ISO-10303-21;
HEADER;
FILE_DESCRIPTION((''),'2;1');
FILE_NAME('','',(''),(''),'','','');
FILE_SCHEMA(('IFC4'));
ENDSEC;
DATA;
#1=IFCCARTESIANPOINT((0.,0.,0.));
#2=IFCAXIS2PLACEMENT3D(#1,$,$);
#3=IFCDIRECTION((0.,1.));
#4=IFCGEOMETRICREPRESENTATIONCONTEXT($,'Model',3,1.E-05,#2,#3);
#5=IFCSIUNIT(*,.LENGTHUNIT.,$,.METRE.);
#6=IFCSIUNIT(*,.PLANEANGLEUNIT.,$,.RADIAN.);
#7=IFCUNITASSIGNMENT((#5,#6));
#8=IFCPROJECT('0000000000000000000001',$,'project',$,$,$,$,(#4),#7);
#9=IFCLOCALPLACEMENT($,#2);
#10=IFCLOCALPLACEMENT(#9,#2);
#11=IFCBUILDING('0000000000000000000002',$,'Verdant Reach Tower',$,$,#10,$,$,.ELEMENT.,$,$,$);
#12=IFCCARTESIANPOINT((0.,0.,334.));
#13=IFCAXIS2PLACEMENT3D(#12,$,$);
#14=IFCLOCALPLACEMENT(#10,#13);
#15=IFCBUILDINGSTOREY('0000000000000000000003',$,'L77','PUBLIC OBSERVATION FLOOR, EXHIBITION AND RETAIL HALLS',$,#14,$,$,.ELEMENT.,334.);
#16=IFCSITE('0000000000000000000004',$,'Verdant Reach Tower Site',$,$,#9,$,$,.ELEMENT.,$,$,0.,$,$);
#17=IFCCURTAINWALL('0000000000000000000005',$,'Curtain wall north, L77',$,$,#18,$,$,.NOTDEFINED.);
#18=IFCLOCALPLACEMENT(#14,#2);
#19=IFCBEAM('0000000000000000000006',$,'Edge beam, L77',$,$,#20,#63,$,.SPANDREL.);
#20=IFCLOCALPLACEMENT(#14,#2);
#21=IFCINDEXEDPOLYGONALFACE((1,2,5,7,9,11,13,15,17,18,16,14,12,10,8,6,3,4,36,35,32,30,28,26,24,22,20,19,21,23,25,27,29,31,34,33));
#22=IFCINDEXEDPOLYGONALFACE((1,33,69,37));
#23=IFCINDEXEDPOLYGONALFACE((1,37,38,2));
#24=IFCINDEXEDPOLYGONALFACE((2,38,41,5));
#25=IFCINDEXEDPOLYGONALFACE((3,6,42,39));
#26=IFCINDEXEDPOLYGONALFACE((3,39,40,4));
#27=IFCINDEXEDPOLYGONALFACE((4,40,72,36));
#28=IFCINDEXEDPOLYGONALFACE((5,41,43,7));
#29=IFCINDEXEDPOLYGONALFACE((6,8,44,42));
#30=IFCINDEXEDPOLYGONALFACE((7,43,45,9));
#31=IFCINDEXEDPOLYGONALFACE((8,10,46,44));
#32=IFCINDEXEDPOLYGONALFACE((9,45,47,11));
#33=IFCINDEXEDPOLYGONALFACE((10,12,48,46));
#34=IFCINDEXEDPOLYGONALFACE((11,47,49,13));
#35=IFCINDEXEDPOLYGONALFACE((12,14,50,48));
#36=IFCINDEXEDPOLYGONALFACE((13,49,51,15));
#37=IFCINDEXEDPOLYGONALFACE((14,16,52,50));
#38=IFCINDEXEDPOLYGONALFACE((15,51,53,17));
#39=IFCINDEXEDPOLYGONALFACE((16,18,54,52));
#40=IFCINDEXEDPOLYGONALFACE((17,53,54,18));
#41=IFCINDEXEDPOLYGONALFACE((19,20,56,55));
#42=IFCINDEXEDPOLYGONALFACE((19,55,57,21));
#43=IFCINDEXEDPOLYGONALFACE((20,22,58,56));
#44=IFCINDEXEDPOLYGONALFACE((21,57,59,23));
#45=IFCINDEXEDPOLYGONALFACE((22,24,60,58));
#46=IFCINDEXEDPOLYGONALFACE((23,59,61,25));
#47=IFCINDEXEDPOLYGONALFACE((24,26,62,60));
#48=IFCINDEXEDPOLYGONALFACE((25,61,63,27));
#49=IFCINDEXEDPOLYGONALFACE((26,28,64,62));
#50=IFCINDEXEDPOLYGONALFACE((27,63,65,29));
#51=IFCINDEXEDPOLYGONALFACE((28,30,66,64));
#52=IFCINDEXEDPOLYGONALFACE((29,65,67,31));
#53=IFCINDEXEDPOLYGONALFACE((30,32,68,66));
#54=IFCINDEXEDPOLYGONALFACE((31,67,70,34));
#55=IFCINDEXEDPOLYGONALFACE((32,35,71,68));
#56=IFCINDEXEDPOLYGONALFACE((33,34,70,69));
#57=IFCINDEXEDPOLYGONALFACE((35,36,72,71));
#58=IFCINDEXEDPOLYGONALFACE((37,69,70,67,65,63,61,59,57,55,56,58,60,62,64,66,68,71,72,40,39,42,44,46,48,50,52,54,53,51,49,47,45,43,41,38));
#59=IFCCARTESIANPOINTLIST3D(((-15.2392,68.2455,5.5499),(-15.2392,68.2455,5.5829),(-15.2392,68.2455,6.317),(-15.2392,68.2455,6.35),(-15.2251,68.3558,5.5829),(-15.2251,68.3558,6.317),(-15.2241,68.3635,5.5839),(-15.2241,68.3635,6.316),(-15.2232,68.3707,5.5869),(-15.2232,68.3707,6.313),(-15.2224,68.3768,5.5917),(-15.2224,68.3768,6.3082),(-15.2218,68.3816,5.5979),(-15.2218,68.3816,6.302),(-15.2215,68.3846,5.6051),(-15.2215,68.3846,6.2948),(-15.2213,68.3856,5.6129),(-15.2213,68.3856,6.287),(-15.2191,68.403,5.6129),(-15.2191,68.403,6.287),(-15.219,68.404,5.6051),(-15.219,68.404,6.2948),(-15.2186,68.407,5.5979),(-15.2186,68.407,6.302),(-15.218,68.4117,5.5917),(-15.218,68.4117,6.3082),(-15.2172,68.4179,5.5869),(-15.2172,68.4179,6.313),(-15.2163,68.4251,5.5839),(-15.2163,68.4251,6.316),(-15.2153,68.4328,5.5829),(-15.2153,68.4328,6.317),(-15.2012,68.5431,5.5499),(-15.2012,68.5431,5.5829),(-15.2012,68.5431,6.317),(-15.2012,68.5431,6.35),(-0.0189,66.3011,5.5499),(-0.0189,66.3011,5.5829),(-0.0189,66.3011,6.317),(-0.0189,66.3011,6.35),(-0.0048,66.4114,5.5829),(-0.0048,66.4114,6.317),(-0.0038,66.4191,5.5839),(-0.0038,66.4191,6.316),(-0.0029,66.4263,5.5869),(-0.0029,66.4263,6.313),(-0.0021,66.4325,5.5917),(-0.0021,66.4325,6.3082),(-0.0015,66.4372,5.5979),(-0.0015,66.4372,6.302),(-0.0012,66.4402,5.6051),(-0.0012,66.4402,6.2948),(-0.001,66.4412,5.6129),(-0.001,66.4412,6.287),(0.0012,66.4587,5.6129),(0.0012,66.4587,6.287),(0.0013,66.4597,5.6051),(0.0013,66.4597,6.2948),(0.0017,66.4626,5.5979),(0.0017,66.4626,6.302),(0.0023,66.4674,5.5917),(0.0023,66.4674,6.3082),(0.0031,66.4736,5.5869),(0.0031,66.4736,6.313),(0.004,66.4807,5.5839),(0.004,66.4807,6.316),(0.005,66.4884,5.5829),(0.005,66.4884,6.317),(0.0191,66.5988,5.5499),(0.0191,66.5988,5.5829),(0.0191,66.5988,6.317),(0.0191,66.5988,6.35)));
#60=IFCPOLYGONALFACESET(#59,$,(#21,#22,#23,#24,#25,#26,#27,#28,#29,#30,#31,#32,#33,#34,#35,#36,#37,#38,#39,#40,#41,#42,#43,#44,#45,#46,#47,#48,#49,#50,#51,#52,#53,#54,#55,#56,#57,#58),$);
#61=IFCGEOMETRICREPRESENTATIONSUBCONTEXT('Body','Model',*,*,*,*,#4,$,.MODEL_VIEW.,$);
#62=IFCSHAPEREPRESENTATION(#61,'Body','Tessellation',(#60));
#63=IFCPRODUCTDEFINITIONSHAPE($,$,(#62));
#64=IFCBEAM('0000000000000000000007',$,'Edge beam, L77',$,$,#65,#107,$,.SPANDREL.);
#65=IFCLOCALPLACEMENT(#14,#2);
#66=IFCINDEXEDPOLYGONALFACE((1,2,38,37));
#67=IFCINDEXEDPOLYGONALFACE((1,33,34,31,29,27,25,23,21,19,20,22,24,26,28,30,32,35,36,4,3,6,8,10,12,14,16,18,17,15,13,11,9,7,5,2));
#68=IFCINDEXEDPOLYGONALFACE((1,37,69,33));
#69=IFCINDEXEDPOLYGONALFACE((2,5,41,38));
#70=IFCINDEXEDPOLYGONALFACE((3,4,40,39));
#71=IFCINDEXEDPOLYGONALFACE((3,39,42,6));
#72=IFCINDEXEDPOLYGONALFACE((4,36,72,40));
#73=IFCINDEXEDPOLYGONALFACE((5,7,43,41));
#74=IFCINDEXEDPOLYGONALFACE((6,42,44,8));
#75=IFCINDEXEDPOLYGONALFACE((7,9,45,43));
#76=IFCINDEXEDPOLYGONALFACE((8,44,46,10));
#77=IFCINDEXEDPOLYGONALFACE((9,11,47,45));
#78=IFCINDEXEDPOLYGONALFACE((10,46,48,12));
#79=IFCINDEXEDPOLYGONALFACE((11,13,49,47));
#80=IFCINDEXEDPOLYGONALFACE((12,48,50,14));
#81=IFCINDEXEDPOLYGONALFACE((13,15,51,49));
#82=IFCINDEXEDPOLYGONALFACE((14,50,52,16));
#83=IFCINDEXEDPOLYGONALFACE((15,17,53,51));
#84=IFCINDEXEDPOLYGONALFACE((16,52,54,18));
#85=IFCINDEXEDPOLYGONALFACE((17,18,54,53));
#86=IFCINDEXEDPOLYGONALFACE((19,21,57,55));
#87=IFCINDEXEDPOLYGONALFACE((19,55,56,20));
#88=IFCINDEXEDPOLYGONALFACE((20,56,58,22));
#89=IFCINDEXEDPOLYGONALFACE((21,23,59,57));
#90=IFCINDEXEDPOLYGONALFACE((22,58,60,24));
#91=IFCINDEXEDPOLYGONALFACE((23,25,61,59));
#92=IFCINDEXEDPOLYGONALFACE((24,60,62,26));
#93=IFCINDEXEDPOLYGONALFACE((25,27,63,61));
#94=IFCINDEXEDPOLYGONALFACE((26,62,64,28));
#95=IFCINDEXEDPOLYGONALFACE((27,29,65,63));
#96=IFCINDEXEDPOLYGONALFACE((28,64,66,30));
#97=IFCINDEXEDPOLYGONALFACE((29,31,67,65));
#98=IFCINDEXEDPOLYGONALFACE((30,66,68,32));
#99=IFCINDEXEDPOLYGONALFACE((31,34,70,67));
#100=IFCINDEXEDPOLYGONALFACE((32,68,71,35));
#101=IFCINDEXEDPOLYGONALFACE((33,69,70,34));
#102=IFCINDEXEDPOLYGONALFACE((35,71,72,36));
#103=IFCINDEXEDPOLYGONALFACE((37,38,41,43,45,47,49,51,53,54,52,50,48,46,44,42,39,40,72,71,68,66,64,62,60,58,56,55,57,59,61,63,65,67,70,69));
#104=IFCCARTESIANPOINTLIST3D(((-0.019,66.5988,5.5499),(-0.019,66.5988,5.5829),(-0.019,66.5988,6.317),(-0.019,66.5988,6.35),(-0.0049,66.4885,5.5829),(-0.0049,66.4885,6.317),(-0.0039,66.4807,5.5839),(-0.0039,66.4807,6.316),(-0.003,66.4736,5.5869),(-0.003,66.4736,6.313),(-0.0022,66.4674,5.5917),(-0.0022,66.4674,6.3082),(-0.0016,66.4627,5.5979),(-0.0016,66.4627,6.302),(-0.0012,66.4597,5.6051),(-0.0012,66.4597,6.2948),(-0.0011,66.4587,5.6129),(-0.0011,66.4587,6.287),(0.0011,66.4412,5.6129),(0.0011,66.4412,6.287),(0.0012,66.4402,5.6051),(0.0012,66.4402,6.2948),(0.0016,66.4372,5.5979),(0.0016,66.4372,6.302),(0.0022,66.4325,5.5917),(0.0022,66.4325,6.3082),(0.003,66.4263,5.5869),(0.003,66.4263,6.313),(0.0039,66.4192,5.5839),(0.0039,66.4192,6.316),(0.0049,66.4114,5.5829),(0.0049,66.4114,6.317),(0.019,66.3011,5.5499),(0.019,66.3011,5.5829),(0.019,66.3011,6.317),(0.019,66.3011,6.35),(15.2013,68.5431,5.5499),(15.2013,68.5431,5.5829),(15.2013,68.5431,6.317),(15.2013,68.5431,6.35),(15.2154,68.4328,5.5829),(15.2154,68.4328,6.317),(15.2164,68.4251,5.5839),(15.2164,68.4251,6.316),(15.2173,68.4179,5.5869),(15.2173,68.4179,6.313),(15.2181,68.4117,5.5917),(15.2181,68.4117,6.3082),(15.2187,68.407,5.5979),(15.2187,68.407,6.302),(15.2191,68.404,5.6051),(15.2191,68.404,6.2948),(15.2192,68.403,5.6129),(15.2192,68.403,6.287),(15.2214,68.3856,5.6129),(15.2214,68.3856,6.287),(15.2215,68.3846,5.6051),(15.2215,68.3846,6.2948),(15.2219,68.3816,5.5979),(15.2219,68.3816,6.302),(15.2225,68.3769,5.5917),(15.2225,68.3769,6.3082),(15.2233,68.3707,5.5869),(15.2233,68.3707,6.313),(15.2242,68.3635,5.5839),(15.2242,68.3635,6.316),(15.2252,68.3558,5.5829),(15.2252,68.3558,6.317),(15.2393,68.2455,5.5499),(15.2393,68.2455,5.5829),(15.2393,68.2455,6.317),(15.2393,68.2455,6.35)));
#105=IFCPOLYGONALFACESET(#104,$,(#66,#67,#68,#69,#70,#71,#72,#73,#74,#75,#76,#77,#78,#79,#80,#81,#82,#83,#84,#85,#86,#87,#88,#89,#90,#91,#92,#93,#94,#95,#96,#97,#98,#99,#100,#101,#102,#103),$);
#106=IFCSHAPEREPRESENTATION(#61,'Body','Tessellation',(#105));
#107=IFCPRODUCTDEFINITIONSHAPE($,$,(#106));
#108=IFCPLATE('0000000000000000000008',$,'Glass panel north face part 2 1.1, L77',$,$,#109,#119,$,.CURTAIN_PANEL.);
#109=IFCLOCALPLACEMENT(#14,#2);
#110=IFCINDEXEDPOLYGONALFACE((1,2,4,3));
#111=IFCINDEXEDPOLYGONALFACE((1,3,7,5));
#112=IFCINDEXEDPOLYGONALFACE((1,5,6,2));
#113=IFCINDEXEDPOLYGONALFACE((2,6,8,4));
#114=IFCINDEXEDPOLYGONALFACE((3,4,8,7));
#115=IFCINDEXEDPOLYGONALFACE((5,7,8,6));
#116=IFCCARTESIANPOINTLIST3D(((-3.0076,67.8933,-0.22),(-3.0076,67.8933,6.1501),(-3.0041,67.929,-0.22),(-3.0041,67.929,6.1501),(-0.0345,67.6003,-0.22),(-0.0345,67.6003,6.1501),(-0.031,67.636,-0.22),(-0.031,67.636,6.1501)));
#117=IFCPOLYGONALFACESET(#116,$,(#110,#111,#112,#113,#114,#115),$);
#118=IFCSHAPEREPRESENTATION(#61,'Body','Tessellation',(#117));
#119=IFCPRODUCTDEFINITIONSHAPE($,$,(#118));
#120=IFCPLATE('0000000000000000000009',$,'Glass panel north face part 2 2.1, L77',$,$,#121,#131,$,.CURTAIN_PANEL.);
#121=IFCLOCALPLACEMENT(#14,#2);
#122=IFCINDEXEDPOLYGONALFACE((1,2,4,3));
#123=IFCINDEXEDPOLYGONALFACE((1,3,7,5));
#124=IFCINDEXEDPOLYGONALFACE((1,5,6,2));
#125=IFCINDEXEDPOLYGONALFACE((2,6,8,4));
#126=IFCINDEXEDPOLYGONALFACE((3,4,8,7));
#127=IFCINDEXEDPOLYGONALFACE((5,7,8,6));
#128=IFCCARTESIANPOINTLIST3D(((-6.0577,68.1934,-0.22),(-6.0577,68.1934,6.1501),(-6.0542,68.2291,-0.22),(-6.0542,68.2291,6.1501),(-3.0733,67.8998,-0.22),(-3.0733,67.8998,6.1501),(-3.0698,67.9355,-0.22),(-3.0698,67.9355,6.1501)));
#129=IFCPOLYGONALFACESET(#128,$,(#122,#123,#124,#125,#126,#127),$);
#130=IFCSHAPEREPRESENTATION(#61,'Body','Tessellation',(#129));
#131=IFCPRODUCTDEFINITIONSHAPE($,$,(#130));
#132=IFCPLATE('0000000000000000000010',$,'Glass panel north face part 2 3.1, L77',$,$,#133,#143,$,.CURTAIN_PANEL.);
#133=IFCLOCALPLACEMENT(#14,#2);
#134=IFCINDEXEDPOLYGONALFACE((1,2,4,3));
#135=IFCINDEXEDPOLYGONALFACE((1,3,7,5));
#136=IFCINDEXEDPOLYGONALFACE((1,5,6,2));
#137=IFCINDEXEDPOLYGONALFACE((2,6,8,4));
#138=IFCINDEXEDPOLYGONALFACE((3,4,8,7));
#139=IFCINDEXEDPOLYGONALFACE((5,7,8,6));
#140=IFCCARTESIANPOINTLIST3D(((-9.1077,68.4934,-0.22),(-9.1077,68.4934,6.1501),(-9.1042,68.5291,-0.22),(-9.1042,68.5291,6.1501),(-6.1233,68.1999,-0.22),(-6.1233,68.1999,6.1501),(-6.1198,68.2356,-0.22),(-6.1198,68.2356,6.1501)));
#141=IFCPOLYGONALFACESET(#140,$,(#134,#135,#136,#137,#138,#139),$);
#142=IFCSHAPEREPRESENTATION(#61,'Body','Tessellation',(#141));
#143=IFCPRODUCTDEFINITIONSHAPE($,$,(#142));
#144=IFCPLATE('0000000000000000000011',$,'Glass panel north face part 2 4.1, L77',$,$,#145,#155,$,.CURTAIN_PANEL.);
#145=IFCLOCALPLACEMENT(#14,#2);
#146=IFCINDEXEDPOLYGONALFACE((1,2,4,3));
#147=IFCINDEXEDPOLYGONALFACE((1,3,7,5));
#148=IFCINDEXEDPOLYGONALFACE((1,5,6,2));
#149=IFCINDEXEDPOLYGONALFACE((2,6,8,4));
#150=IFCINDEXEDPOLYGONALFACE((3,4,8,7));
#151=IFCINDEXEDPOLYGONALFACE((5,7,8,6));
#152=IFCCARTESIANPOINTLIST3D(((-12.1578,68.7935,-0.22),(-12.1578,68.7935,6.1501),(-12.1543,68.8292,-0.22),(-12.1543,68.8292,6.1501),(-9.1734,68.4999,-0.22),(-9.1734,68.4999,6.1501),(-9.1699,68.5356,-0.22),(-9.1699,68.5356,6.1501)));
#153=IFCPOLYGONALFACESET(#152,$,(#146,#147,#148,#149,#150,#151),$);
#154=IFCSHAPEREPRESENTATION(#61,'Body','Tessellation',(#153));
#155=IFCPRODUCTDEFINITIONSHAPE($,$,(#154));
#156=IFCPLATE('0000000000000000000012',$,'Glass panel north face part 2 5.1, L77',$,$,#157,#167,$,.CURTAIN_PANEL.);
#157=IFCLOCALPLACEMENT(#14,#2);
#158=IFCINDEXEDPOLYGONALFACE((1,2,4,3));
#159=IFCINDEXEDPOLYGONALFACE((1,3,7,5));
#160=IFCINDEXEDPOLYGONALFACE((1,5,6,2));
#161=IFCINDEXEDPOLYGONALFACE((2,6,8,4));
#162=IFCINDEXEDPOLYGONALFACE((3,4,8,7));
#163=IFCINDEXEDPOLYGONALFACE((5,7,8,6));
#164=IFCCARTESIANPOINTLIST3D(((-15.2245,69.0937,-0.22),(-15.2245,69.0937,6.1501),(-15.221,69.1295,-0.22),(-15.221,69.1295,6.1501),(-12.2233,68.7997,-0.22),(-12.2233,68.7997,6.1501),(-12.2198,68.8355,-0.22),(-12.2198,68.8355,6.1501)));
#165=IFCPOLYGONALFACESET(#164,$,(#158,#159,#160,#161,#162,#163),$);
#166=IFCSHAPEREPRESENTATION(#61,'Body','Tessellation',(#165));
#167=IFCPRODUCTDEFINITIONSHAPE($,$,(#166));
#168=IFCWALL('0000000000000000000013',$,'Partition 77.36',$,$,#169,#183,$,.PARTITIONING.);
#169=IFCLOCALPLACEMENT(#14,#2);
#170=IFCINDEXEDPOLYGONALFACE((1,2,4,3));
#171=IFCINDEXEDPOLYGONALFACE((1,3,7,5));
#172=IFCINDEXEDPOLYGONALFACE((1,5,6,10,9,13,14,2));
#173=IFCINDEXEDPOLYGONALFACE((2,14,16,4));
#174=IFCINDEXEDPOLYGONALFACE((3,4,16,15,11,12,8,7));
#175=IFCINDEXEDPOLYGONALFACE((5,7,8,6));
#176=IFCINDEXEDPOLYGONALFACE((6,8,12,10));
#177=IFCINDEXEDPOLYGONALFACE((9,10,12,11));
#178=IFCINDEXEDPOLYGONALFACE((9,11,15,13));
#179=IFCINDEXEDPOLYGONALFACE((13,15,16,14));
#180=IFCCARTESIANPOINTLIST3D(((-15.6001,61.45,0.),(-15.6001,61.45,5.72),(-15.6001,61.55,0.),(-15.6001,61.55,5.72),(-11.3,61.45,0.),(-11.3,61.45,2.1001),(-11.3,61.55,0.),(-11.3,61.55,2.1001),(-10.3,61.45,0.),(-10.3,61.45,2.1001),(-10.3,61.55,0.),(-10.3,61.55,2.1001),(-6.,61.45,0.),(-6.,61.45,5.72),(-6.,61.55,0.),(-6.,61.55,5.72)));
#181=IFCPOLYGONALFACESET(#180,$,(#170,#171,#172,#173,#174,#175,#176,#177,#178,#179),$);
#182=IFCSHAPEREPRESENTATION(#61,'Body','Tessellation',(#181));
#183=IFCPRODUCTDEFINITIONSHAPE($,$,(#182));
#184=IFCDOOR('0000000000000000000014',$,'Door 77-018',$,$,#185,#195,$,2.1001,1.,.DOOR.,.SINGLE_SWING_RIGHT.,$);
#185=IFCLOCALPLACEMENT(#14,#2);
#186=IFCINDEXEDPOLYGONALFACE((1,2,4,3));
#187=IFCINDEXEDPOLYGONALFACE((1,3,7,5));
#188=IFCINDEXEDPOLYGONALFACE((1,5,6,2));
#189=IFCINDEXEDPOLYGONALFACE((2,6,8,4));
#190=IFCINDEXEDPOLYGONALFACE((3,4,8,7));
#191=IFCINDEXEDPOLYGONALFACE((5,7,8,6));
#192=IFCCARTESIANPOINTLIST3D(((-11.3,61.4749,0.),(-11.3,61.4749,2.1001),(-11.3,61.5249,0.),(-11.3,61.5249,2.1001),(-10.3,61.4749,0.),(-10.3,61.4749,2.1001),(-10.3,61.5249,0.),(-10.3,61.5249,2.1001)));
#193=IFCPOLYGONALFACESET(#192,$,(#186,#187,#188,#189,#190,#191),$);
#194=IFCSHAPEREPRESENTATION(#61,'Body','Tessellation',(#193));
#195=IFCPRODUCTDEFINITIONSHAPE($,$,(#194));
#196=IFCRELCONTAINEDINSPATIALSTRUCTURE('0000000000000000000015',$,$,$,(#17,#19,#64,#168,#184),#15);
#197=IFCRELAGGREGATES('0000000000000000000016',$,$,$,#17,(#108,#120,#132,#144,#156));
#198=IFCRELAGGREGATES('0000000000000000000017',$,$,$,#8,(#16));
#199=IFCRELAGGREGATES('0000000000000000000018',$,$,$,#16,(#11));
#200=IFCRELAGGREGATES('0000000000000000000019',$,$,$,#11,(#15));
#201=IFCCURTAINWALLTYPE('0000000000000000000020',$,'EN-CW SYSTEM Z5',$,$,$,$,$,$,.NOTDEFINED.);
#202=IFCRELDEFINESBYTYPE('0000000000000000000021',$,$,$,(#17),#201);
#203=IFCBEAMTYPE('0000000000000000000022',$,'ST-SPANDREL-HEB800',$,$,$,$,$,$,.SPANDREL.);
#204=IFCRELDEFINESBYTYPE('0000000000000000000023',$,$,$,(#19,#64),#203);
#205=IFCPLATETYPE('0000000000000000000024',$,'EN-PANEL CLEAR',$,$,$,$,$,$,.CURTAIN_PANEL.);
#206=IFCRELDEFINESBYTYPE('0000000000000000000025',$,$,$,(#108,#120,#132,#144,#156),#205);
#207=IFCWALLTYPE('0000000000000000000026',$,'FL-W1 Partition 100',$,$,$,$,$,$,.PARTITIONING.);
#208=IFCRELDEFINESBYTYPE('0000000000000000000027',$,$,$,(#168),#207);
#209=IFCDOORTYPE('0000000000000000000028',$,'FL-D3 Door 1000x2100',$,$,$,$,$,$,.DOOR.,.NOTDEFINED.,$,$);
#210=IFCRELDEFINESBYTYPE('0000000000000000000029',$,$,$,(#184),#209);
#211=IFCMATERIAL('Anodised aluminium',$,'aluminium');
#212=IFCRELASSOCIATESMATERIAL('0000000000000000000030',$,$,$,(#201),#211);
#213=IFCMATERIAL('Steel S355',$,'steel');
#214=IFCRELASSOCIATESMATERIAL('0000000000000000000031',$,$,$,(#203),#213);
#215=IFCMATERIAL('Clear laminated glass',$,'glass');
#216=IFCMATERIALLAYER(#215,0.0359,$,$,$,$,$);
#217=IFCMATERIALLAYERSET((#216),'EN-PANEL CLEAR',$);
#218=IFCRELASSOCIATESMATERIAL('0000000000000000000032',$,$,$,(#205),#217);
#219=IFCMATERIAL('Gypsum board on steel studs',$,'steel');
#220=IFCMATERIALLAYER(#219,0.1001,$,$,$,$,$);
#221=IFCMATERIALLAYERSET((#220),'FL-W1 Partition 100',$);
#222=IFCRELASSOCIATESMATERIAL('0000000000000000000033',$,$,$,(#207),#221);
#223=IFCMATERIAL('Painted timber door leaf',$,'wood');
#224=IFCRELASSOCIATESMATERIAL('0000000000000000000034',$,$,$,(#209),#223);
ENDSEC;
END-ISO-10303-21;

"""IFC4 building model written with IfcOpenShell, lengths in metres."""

from ifc_helpers import new_model, si_unit, direction, frame, frame_2d, origin, origin_2d, place, context, subcontext, project, spatial, rectangle, i_section, extrude, material, layer, layer_set, material_profile, profile_set, type_object, element, fill, aggregate, save


model = new_model("IFC4")

# Units and contexts
model_context = context("Model", 3, precision=1e-05, world=origin(), true_north=direction((0.0, 1.0)))
body_context = subcontext(model_context, "Body", "Model", "MODEL_VIEW")
ifc_project = project(units=[si_unit("LENGTHUNIT", "METRE"), si_unit("PLANEANGLEUNIT", "RADIAN")], contexts=[model_context])

# Site, building, storey
site_placement = place(None, origin())
site = spatial("IfcSite", under=ifc_project, at=site_placement, Name="Verdant Reach Tower Site", CompositionType="ELEMENT", RefElevation=0.0)
building_placement = place(site_placement, origin())
building = spatial("IfcBuilding", under=site, at=building_placement, Name="Verdant Reach Tower", CompositionType="ELEMENT")
storey_placement = place(building_placement, frame((0.0, 0.0, 334.0)))
storey = spatial("IfcBuildingStorey", under=building, at=storey_placement, Name="L77", Description="PUBLIC OBSERVATION FLOOR, EXHIBITION AND RETAIL HALLS", CompositionType="ELEMENT", Elevation=334.0)

# Curtain wall
ifc_material_1 = material(Name="Anodised aluminium", Category="aluminium")
curtain_wall_type = type_object("IfcCurtainWallType", Name="EN-CW SYSTEM Z5", PredefinedType="NOTDEFINED", material=ifc_material_1)
curtain_wall_1_placement = place(storey_placement, origin())
curtain_wall_1 = element("IfcCurtainWall", 1, at=curtain_wall_1_placement, inside=storey, type_object=curtain_wall_type, Name="Curtain wall north, L77", PredefinedType="NOTDEFINED")

# Beams
ifc_material_2 = material(Name="Steel S355", Category="steel")
ifc_material_profile_1 = material_profile(ifc_material_2, i_section(OverallWidth=0.3, OverallDepth=0.8, WebThickness=0.0176, FlangeThickness=0.033, FilletRadius=0.03, at=origin_2d()), Name="HEB 800")
ifc_profile_set_1 = profile_set([ifc_material_profile_1], Name="Steel S355")
beam_type_1 = type_object("IfcBeamType", Name="ST-SPANDREL-HEB800", PredefinedType="SPANDREL", material=ifc_profile_set_1)
for number, where, z_axis, x_axis, name in (
    (2, (-15.2202, 68.3943, 5.95), (0.991939, -0.126717, 0.0), (0.126717, 0.991939, 0.0), "Edge beam, L77"),
    (3, (0.0, 66.45, 5.95), (0.991939, 0.126717, 0.0), (-0.126717, 0.991939, 0.0), "Edge beam, L77"),
):
    element("IfcBeam", number, at=place(storey_placement, frame(where, z_axis=z_axis, x_axis=x_axis)), inside=storey, type_object=beam_type_1, Name=name, PredefinedType="SPANDREL", context=body_context, shape_type="SweptSolid", body=[
        extrude(i_section(OverallWidth=0.3, OverallDepth=0.8, WebThickness=0.0176, FlangeThickness=0.033, FilletRadius=0.03, at=origin_2d()), origin(), (0.0, 0.0, 1.0), 15.344),
    ])

# Plates
ifc_material_3 = material(Name="Clear laminated glass", Category="glass")
ifc_layer_1 = layer(ifc_material_3, 0.0359)
ifc_layer_set_1 = layer_set([ifc_layer_1], Name="EN-PANEL CLEAR")
plate_type = type_object("IfcPlateType", Name="EN-PANEL CLEAR", PredefinedType="CURTAIN_PANEL", material=ifc_layer_set_1)
plate_1_placement = place(storey_placement, frame((-1.5193, 67.7646, -0.22), z_axis=(0.0, 0.0, 1.0), x_axis=(-0.99518, 0.098068, 0.0)))
plate_1 = element("IfcPlate", 4, at=plate_1_placement, type_object=plate_type, Name="Glass panel north face part 2 1.1, L77", PredefinedType="CURTAIN_PANEL", context=body_context, shape_type="SweptSolid", body=[
    extrude(rectangle(XDim=2.9875, YDim=0.0359, at=origin_2d()), origin(), (0.0, 0.0, 1.0), 6.3701),
])
plate_2_placement = place(storey_placement, frame((-4.5637, 68.0645, -0.22), z_axis=(0.0, 0.0, 1.0), x_axis=(-0.995197, 0.097888, 0.0)))
plate_2 = element("IfcPlate", 5, at=plate_2_placement, type_object=plate_type, Name="Glass panel north face part 2 2.1, L77", PredefinedType="CURTAIN_PANEL", context=body_context, shape_type="SweptSolid", body=[
    extrude(rectangle(XDim=2.9988, YDim=0.0359, at=origin_2d()), origin(), (0.0, 0.0, 1.0), 6.3701),
])
plate_3_placement = place(storey_placement, frame((-7.6138, 68.3645, -0.22), z_axis=(0.0, 0.0, 1.0), x_axis=(-0.995197, 0.097888, 0.0)))
plate_3 = element("IfcPlate", 6, at=plate_3_placement, type_object=plate_type, Name="Glass panel north face part 2 3.1, L77", PredefinedType="CURTAIN_PANEL", context=body_context, shape_type="SweptSolid", body=[
    extrude(rectangle(XDim=2.9988, YDim=0.0359, at=origin_2d()), origin(), (0.0, 0.0, 1.0), 6.3701),
])
plate_4_placement = place(storey_placement, frame((-10.6638, 68.6646, -0.22), z_axis=(0.0, 0.0, 1.0), x_axis=(-0.995197, 0.097888, 0.0)))
plate_4 = element("IfcPlate", 7, at=plate_4_placement, type_object=plate_type, Name="Glass panel north face part 2 4.1, L77", PredefinedType="CURTAIN_PANEL", context=body_context, shape_type="SweptSolid", body=[
    extrude(rectangle(XDim=2.9988, YDim=0.0359, at=origin_2d()), origin(), (0.0, 0.0, 1.0), 6.3701),
])
plate_5_placement = place(storey_placement, frame((-13.7222, 68.9646, -0.22), z_axis=(0.0, 0.0, 1.0), x_axis=(-0.995237, 0.097487, 0.0)))
plate_5 = element("IfcPlate", 8, at=plate_5_placement, type_object=plate_type, Name="Glass panel north face part 2 5.1, L77", PredefinedType="CURTAIN_PANEL", context=body_context, shape_type="SweptSolid", body=[
    extrude(rectangle(XDim=3.0156, YDim=0.0359, at=origin_2d()), origin(), (0.0, 0.0, 1.0), 6.3701),
])
aggregate(curtain_wall_1, [plate_1, plate_2, plate_3, plate_4, plate_5])

# Wall, opening, door
ifc_material_4 = material(Name="Gypsum board on steel studs", Category="steel")
ifc_layer_2 = layer(ifc_material_4, 0.1001)
ifc_layer_set_2 = layer_set([ifc_layer_2], Name="FL-W1 Partition 100")
wall_type = type_object("IfcWallType", Name="FL-W1 Partition 100", PredefinedType="PARTITIONING", material=ifc_layer_set_2)
wall_1_placement = place(storey_placement, frame((-15.6001, 61.5, 0.0), z_axis=(0.0, 0.0, 1.0), x_axis=(1.0, 0.0, 0.0)))
wall_1 = element("IfcWall", 9, at=wall_1_placement, inside=storey, type_object=wall_type, Name="Partition 77.36", PredefinedType="PARTITIONING", context=body_context, shape_type="SweptSolid", body=[
    extrude(rectangle(XDim=9.6001, YDim=0.1001, at=frame_2d((4.8, 0.0))), origin(), (0.0, 0.0, 1.0), 5.72),
])
opening_1_placement = place(wall_1_placement, frame((4.3, 0.0, 0.0)))
opening_1 = element("IfcOpeningElement", 10, at=opening_1_placement, cuts=wall_1, PredefinedType="OPENING", context=body_context, shape_type="SweptSolid", body=[
    extrude(rectangle(XDim=1.0, YDim=2.1001, at=frame_2d((0.5, 1.05))), frame((0.0, 0.0601, 0.0), z_axis=(0.0, -1.0, 0.0), x_axis=(1.0, 0.0, 0.0)), (0.0, 0.0, 1.0), 0.1201),
])
ifc_material_5 = material(Name="Painted timber door leaf", Category="wood")
door_type = type_object("IfcDoorType", Name="FL-D3 Door 1000x2100", OperationType="NOTDEFINED", PredefinedType="DOOR", material=ifc_material_5)
door_1_placement = place(opening_1_placement, origin())
door_1 = element("IfcDoor", 11, at=door_1_placement, inside=storey, type_object=door_type, Name="Door 77-018", OperationType="SINGLE_SWING_RIGHT", OverallHeight=2.1001, OverallWidth=1.0, PredefinedType="DOOR", context=body_context, shape_type="SweptSolid", body=[
    extrude(rectangle(XDim=1.0, YDim=2.1001, at=frame_2d((0.5, 1.05))), frame((0.0, 0.0249, 0.0), z_axis=(0.0, -1.0, 0.0), x_axis=(1.0, 0.0, 0.0)), (0.0, 0.0, 1.0), 0.05),
])
fill(opening_1, door_1)

save(model, "model.ifc")
